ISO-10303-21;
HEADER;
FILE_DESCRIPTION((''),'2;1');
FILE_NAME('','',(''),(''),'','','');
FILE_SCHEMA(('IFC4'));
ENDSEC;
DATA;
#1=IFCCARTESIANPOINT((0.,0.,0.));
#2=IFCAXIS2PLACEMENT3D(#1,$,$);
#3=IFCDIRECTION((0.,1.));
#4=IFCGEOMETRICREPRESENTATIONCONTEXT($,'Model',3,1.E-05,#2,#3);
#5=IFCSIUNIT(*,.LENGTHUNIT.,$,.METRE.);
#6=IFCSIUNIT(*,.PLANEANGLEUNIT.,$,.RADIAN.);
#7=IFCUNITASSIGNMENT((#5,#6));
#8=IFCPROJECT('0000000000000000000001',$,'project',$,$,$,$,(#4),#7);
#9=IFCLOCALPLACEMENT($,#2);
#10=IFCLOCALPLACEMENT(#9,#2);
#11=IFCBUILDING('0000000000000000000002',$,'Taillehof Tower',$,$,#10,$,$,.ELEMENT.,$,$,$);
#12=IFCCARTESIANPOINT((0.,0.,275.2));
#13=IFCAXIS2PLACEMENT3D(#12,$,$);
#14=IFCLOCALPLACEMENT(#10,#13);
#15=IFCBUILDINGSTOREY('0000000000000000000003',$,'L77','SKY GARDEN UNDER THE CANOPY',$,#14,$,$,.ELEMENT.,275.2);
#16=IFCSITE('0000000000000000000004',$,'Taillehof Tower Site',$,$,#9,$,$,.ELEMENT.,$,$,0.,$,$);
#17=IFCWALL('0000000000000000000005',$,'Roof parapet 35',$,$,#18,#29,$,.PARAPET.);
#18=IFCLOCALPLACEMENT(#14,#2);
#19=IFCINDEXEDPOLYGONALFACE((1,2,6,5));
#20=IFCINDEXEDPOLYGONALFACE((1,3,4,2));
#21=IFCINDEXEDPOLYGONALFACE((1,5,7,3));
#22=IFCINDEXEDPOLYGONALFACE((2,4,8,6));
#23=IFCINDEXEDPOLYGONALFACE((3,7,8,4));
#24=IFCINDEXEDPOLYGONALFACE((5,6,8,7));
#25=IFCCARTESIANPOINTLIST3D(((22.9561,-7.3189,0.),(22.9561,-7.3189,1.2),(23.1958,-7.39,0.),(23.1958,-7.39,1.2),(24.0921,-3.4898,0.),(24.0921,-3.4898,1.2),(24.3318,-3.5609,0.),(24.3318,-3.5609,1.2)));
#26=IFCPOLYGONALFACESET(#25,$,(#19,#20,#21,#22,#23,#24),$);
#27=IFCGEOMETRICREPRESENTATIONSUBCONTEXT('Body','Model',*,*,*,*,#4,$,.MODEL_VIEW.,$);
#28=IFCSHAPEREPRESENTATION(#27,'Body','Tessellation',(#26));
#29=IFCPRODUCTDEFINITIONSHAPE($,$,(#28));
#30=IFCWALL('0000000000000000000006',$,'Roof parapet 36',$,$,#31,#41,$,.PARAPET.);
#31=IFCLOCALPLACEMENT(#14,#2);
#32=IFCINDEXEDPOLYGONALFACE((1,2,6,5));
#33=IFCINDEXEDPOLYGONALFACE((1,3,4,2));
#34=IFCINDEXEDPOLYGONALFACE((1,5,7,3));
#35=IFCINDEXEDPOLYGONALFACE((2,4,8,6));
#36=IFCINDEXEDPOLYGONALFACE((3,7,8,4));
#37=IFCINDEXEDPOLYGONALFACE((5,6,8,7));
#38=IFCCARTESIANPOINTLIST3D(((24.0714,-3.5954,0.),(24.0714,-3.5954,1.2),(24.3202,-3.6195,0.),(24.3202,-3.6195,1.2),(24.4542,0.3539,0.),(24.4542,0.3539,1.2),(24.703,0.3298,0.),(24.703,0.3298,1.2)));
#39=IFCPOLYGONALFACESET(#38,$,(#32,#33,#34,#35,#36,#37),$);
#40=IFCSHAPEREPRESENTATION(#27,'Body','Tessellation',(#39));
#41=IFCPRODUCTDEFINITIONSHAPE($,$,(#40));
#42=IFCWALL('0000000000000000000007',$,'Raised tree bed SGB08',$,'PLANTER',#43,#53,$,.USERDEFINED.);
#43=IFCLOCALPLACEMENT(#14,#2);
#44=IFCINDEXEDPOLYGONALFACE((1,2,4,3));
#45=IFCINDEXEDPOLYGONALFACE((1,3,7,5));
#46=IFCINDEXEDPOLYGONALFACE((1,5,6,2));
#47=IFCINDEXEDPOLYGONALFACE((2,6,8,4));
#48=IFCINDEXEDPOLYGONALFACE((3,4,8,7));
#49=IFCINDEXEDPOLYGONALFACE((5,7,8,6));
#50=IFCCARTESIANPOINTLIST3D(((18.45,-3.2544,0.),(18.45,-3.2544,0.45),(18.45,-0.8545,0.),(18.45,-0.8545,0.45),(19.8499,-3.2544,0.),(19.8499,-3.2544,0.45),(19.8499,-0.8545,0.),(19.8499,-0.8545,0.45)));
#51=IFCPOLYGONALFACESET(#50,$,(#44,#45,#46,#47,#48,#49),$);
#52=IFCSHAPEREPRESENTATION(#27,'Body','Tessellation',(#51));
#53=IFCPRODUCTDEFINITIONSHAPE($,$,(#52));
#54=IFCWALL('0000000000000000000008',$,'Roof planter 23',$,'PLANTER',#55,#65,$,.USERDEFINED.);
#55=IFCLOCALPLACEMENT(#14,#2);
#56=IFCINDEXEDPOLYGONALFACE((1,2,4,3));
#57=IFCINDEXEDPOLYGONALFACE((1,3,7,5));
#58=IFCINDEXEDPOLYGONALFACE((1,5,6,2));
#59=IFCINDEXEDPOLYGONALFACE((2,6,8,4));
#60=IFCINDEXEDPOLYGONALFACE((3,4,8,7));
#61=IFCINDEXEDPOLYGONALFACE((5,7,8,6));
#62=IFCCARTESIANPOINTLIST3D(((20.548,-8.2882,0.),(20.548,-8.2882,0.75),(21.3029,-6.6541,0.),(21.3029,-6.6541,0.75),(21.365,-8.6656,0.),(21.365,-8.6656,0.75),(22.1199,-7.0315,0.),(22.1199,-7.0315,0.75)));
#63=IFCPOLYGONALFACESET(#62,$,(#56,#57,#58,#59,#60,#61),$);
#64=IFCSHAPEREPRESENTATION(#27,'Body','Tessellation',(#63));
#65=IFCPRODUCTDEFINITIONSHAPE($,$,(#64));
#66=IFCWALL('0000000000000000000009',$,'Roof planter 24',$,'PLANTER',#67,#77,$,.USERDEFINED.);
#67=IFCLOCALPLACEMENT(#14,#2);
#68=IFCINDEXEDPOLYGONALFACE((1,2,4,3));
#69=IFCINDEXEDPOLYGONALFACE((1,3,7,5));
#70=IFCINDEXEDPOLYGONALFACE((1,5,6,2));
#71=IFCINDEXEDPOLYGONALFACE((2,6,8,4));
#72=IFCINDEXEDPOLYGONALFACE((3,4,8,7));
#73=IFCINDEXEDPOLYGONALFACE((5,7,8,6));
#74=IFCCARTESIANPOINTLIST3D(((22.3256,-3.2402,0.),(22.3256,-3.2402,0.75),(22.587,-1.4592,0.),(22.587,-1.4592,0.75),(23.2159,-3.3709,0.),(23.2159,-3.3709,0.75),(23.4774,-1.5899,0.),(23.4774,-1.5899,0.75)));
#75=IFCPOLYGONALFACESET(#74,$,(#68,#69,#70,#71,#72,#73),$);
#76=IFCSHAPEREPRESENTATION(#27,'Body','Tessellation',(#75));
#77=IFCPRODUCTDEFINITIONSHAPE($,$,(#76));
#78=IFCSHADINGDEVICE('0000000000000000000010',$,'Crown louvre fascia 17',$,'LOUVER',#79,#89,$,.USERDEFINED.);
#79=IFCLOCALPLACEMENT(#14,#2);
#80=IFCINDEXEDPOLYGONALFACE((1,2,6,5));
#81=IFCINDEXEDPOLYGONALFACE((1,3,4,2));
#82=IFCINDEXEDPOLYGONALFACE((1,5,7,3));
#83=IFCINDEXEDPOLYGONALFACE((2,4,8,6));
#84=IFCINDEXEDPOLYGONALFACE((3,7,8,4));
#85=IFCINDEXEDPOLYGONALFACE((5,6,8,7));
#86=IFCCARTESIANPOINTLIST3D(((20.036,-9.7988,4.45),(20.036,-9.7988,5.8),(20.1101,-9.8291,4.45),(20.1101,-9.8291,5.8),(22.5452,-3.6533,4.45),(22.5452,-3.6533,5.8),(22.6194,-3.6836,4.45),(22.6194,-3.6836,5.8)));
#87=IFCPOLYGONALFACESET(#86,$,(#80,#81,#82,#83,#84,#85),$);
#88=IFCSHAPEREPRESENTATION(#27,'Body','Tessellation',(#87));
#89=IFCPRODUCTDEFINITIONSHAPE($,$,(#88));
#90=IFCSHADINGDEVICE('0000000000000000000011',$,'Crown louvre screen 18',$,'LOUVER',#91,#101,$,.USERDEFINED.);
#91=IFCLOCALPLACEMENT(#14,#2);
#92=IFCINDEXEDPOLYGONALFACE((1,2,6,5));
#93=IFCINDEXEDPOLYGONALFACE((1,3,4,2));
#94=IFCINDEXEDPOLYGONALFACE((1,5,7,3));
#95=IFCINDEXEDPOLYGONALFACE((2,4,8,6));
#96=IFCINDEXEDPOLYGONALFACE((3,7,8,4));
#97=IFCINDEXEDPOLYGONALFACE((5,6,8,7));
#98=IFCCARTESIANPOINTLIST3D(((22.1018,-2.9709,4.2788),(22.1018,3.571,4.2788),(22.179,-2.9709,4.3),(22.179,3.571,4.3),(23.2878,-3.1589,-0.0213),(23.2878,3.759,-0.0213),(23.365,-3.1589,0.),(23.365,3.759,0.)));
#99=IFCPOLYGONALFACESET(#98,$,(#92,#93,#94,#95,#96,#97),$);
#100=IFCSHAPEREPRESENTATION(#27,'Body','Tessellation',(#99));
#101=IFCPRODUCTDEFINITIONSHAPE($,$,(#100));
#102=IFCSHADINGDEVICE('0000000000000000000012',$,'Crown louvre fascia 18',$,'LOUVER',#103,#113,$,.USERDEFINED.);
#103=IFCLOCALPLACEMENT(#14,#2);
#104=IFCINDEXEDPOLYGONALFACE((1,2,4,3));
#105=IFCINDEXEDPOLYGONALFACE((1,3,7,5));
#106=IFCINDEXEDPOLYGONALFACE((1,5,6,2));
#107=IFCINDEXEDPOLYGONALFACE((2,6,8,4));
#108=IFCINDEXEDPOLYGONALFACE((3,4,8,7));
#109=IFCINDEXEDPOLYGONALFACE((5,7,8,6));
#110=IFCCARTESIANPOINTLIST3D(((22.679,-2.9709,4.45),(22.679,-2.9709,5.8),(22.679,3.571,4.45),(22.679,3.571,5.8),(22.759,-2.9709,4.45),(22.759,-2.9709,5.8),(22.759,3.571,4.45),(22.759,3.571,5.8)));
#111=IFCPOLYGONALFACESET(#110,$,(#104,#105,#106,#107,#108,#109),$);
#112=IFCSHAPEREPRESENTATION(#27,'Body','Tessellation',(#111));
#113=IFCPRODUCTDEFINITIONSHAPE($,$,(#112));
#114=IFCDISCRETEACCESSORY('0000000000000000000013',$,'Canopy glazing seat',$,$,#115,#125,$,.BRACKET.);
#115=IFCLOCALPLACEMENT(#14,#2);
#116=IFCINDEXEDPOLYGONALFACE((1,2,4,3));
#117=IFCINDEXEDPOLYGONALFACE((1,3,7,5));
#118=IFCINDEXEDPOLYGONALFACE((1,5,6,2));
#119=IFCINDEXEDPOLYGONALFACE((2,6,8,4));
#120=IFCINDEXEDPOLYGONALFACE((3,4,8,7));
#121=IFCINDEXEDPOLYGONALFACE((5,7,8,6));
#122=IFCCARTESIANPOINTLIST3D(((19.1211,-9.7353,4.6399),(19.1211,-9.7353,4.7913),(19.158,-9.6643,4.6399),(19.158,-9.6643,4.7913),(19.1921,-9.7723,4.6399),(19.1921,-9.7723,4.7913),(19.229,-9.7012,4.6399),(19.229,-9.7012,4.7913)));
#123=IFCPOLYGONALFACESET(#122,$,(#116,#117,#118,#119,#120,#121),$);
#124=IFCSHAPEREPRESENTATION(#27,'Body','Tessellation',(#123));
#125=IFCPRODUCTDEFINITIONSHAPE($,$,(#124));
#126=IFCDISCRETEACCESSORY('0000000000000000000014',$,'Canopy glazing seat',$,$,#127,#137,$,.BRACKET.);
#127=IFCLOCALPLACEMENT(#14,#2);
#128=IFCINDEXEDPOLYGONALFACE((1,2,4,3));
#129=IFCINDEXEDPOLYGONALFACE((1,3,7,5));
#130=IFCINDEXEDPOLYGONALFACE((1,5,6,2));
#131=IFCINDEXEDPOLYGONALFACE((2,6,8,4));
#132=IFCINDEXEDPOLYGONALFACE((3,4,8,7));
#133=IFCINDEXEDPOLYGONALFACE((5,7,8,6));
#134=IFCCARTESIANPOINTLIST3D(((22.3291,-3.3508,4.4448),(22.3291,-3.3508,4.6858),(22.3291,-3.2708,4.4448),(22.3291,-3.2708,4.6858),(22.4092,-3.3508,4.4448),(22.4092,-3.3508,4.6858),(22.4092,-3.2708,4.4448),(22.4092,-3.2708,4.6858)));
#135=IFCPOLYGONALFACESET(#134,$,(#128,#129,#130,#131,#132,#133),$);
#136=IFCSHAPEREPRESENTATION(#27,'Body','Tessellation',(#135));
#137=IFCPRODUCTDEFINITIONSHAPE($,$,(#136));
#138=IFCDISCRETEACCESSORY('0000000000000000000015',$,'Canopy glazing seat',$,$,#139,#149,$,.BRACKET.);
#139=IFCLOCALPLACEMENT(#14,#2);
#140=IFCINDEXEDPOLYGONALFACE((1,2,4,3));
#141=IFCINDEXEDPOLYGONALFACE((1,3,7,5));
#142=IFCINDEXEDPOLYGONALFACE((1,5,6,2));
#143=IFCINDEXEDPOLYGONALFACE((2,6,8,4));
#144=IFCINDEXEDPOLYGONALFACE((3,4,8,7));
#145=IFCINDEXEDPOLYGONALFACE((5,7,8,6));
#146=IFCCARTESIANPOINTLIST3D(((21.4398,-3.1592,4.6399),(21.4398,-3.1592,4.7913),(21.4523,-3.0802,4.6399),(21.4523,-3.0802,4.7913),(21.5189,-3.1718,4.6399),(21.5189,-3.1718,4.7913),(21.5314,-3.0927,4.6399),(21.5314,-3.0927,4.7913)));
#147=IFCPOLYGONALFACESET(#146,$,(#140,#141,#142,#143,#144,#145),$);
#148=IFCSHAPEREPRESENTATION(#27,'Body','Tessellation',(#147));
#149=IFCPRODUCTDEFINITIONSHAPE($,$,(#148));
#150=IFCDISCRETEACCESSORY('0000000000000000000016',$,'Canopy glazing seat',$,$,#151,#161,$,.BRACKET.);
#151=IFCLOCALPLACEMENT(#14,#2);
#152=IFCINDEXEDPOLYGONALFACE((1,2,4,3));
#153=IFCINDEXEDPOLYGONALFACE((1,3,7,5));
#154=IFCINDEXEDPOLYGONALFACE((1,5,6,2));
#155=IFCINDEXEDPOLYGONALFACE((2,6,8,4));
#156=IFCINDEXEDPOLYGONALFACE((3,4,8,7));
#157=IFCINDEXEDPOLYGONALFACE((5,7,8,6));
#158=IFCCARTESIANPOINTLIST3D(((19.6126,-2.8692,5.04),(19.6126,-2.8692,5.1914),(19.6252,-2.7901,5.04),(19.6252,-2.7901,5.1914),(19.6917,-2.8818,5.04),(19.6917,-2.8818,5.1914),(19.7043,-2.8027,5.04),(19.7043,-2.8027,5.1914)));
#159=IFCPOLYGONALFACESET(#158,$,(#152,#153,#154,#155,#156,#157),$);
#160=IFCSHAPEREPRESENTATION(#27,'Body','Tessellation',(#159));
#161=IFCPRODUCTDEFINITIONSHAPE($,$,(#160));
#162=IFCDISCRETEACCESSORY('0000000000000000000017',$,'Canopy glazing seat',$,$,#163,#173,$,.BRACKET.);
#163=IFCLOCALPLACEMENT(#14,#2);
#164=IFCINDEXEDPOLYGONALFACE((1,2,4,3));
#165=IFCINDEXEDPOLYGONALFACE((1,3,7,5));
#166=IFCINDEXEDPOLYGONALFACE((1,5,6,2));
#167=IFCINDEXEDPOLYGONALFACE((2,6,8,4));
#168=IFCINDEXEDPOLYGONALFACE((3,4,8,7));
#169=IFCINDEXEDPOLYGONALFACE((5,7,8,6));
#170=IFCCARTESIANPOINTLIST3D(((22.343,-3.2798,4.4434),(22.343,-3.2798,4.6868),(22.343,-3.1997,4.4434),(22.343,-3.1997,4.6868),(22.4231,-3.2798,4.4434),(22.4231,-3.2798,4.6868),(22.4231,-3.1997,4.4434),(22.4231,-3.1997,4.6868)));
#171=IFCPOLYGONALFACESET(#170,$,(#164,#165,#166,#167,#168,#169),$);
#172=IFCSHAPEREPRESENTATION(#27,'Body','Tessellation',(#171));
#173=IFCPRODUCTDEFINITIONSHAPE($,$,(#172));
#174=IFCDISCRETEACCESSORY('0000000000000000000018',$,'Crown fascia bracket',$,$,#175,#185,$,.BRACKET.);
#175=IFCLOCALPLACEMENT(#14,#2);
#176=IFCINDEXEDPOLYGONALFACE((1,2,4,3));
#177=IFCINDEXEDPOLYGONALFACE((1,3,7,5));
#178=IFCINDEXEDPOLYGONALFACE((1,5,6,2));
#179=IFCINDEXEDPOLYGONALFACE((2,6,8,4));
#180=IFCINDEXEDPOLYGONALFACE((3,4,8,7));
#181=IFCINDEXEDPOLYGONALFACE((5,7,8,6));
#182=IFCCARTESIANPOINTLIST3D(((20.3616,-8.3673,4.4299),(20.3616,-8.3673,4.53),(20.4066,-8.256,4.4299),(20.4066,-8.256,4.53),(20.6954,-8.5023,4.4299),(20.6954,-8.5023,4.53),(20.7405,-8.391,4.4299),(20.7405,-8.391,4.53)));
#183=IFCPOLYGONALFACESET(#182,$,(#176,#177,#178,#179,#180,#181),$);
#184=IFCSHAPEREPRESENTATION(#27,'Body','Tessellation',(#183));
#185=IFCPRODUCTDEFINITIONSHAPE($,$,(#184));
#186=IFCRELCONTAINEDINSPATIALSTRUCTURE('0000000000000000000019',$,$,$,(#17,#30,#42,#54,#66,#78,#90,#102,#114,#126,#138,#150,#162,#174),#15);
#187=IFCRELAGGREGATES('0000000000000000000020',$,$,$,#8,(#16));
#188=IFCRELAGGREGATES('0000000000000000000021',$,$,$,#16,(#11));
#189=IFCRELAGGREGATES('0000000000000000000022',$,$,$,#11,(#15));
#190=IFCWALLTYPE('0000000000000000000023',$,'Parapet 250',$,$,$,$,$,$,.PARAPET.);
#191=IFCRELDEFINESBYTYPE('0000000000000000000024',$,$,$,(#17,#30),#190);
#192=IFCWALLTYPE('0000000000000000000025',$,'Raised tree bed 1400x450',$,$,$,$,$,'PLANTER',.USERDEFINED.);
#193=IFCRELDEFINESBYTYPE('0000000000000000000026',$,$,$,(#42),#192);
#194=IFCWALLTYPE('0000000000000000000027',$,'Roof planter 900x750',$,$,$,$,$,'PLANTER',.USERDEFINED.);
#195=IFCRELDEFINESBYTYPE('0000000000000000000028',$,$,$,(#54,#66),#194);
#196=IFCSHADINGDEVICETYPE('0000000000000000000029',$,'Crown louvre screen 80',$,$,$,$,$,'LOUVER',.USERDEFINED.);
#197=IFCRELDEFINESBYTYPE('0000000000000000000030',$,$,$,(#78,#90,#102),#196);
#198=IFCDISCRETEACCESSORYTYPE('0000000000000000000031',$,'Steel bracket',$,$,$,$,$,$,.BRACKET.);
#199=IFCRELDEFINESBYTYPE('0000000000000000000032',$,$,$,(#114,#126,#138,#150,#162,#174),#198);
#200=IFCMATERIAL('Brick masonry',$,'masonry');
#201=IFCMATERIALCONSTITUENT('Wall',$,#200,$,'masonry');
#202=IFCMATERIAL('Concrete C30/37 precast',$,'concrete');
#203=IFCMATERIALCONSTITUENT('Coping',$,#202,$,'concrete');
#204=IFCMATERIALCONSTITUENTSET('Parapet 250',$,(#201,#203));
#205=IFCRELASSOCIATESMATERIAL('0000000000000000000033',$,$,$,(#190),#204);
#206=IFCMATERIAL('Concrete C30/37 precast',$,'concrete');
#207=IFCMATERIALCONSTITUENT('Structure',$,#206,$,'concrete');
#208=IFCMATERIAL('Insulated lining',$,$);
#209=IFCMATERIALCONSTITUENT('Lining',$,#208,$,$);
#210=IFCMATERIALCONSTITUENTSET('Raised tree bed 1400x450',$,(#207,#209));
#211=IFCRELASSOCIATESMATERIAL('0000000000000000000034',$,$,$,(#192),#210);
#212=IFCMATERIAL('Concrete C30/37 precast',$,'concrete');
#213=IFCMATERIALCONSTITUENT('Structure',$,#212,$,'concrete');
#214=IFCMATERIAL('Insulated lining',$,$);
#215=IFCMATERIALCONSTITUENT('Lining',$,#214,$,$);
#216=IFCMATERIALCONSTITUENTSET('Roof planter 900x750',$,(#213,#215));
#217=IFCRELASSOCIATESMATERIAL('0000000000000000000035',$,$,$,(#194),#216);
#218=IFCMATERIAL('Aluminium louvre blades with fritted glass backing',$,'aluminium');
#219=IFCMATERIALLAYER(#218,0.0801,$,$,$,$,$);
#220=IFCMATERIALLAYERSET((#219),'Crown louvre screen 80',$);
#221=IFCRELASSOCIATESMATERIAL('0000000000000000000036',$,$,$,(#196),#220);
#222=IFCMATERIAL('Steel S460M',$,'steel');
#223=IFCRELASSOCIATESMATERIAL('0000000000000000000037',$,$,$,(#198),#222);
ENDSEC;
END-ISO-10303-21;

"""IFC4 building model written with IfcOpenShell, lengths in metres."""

from ifc_helpers import new_model, si_unit, direction, frame, frame_2d, origin, origin_2d, place, context, subcontext, project, spatial, polyline, rectangle, outline, extrude, material, layer, layer_set, constituent, constituent_set, type_object, element, save


model = new_model("IFC4")

# Units and contexts
model_context = context("Model", 3, precision=1e-05, world=origin(), true_north=direction((0.0, 1.0)))
body_context = subcontext(model_context, "Body", "Model", "MODEL_VIEW")
ifc_project = project(units=[si_unit("LENGTHUNIT", "METRE"), si_unit("PLANEANGLEUNIT", "RADIAN")], contexts=[model_context])

# Site, building, storey
site_placement = place(None, origin())
site = spatial("IfcSite", under=ifc_project, at=site_placement, Name="Taillehof Tower Site", CompositionType="ELEMENT", RefElevation=0.0)
building_placement = place(site_placement, origin())
building = spatial("IfcBuilding", under=site, at=building_placement, Name="Taillehof Tower", CompositionType="ELEMENT")
storey_placement = place(building_placement, frame((0.0, 0.0, 275.2)))
storey = spatial("IfcBuildingStorey", under=building, at=storey_placement, Name="L77", Description="SKY GARDEN UNDER THE CANOPY", CompositionType="ELEMENT", Elevation=275.2)

# Walls
ifc_material_1 = material(Name="Brick masonry", Category="masonry")
ifc_constituent_1 = constituent(ifc_material_1, Name="Wall", Category="masonry")
ifc_material_2 = material(Name="Concrete C30/37 precast", Category="concrete")
ifc_constituent_2 = constituent(ifc_material_2, Name="Coping", Category="concrete")
ifc_constituent_set_1 = constituent_set(constituents=[ifc_constituent_1, ifc_constituent_2], Name="Parapet 250")
wall_type_1 = type_object("IfcWallType", Name="Parapet 250", PredefinedType="PARAPET", material=ifc_constituent_set_1)
wall_1_placement = place(storey_placement, frame((23.0759, -7.3545, 0.0), z_axis=(0.0, 0.0, 1.0), x_axis=(0.284419, 0.9587, 0.0)))
element("IfcWall", 1, at=wall_1_placement, inside=storey, type_object=wall_type_1, Name="Roof parapet 35", PredefinedType="PARAPET", context=body_context, shape_type="SweptSolid", body=[
    extrude(rectangle(XDim=3.9941, YDim=0.25, at=frame_2d((1.9971, 0.0))), origin(), (0.0, 0.0, 1.0), 1.2),
])
wall_2_placement = place(storey_placement, frame((24.1958, -3.6074, 0.0), z_axis=(0.0, 0.0, 1.0), x_axis=(0.096482, 0.995335, 0.0)))
element("IfcWall", 2, at=wall_2_placement, inside=storey, type_object=wall_type_1, Name="Roof parapet 36", PredefinedType="PARAPET", context=body_context, shape_type="SweptSolid", body=[
    extrude(rectangle(XDim=3.9678, YDim=0.25, at=frame_2d((1.9839, 0.0))), origin(), (0.0, 0.0, 1.0), 1.2),
])
ifc_material_3 = material(Name="Concrete C30/37 precast", Category="concrete")
ifc_constituent_3 = constituent(ifc_material_3, Name="Structure", Category="concrete")
ifc_material_4 = material(Name="Insulated lining")
ifc_constituent_4 = constituent(ifc_material_4, Name="Lining")
ifc_constituent_set_2 = constituent_set(constituents=[ifc_constituent_3, ifc_constituent_4], Name="Raised tree bed 1400x450")
wall_type_2 = type_object("IfcWallType", Name="Raised tree bed 1400x450", ElementType="PLANTER", PredefinedType="USERDEFINED", material=ifc_constituent_set_2)
wall_3_placement = place(storey_placement, frame((19.1499, -3.2544, 0.0), z_axis=(0.0, 0.0, 1.0), x_axis=(0.0, 1.0, 0.0)))
element("IfcWall", 3, at=wall_3_placement, inside=storey, type_object=wall_type_2, Name="Raised tree bed SGB08", ObjectType="PLANTER", PredefinedType="USERDEFINED", context=body_context, shape_type="SweptSolid", body=[
    extrude(rectangle(XDim=2.3999, YDim=1.3999, at=frame_2d((1.2, 0.0))), origin(), (0.0, 0.0, 1.0), 0.45),
])
ifc_material_5 = material(Name="Concrete C30/37 precast", Category="concrete")
ifc_constituent_5 = constituent(ifc_material_5, Name="Structure", Category="concrete")
ifc_material_6 = material(Name="Insulated lining")
ifc_constituent_6 = constituent(ifc_material_6, Name="Lining")
ifc_constituent_set_3 = constituent_set(constituents=[ifc_constituent_5, ifc_constituent_6], Name="Roof planter 900x750")
wall_type_3 = type_object("IfcWallType", Name="Roof planter 900x750", ElementType="PLANTER", PredefinedType="USERDEFINED", material=ifc_constituent_set_3)
for number, where, z_axis, x_axis, name in (
    (4, (20.9565, -8.4768, 0.0), (0.0, 0.0, 1.0), (0.419385, 0.907808, 0.0), "Roof planter 23"),
    (5, (22.7708, -3.3054, 0.0), (0.0, 0.0, 1.0), (0.145256, 0.989394, 0.0), "Roof planter 24"),
):
    element("IfcWall", number, at=place(storey_placement, frame(where, z_axis=z_axis, x_axis=x_axis)), inside=storey, type_object=wall_type_3, Name=name, ObjectType="PLANTER", PredefinedType="USERDEFINED", context=body_context, shape_type="SweptSolid", body=[
        extrude(rectangle(XDim=1.8, YDim=0.8999, at=frame_2d((0.8999, 0.0))), origin(), (0.0, 0.0, 1.0), 0.75),
    ])

# Shading devices
ifc_material_7 = material(Name="Aluminium louvre blades with fritted glass backing", Category="aluminium")
ifc_layer_1 = layer(ifc_material_7, 0.0801)
ifc_layer_set_1 = layer_set([ifc_layer_1], Name="Crown louvre screen 80")
shading_device_type = type_object("IfcShadingDeviceType", Name="Crown louvre screen 80", ElementType="LOUVER", PredefinedType="USERDEFINED", material=ifc_layer_set_1)
shading_device_1_placement = place(storey_placement, frame((20.1101, -9.8291, 4.45), z_axis=(0.9258, -0.378014, 0.0), x_axis=(0.378014, 0.9258, 0.0)))
element("IfcShadingDevice", 6, at=shading_device_1_placement, inside=storey, type_object=shading_device_type, Name="Crown louvre fascia 17", ObjectType="LOUVER", PredefinedType="USERDEFINED", context=body_context, shape_type="SweptSolid", body=[
    extrude(outline(polyline([(0.0, 0.0), (6.6381, 0.0), (6.6381, 1.3501), (0.0, 1.3501), (0.0, 0.0)])), origin(), (0.0, 0.0, -1.0), 0.0801),
])
shading_device_2_placement = place(storey_placement, frame((23.365, -3.1589, 0.0), z_axis=(0.964003, 0.0, 0.26589), x_axis=(0.0, 1.0, 0.0)))
element("IfcShadingDevice", 7, at=shading_device_2_placement, inside=storey, type_object=shading_device_type, Name="Crown louvre screen 18", ObjectType="LOUVER", PredefinedType="USERDEFINED", context=body_context, shape_type="SweptSolid", body=[
    extrude(outline(polyline([(0.0, 0.0), (6.918, 0.0), (6.73, 4.4606), (0.188, 4.4606), (0.0, 0.0)])), origin(), (0.0, 0.0, -1.0), 0.0801),
])
shading_device_3_placement = place(storey_placement, frame((22.759, -2.9709, 4.45), z_axis=(1.0, 0.0, 0.0), x_axis=(0.0, 1.0, 0.0)))
element("IfcShadingDevice", 8, at=shading_device_3_placement, inside=storey, type_object=shading_device_type, Name="Crown louvre fascia 18", ObjectType="LOUVER", PredefinedType="USERDEFINED", context=body_context, shape_type="SweptSolid", body=[
    extrude(outline(polyline([(0.0, 0.0), (6.542, 0.0), (6.542, 1.3501), (0.0, 1.3501), (0.0, 0.0)])), origin(), (0.0, 0.0, -1.0), 0.0801),
])

# Discrete accessories
ifc_material_8 = material(Name="Steel S460M", Category="steel")
discrete_accessory_type_1 = type_object("IfcDiscreteAccessoryType", Name="Steel bracket", PredefinedType="BRACKET", material=ifc_material_8)
discrete_accessory_1_placement = place(storey_placement, frame((19.175, -9.7183, 4.6399), z_axis=(0.0, 0.0, 1.0), x_axis=(-0.887224, 0.461338, 0.0)))
element("IfcDiscreteAccessory", 9, at=discrete_accessory_1_placement, inside=storey, type_object=discrete_accessory_type_1, Name="Canopy glazing seat", PredefinedType="BRACKET", context=body_context, shape_type="SweptSolid", body=[
    extrude(rectangle(XDim=0.0801, YDim=0.0801, at=origin_2d()), origin(), (0.0, 0.0, 1.0), 0.1514),
])
discrete_accessory_2_placement = place(storey_placement, frame((22.3691, -3.3108, 4.4448), z_axis=(0.0, 0.0, 1.0), x_axis=(1.0, 0.0, 0.0)))
element("IfcDiscreteAccessory", 10, at=discrete_accessory_2_placement, inside=storey, type_object=discrete_accessory_type_1, Name="Canopy glazing seat", PredefinedType="BRACKET", context=body_context, shape_type="SweptSolid", body=[
    extrude(rectangle(XDim=0.0801, YDim=0.0801, at=origin_2d()), origin(), (0.0, 0.0, 1.0), 0.241),
])
for number, where, z_axis, x_axis, name in (
    (11, (21.4856, -3.126, 4.6399), (0.0, 0.0, 1.0), (-0.987636, 0.156767, 0.0), "Canopy glazing seat"),
    (12, (19.6584, -2.8359, 5.04), (0.0, 0.0, 1.0), (-0.987636, 0.156767, 0.0), "Canopy glazing seat"),
):
    element("IfcDiscreteAccessory", number, at=place(storey_placement, frame(where, z_axis=z_axis, x_axis=x_axis)), inside=storey, type_object=discrete_accessory_type_1, Name=name, PredefinedType="BRACKET", context=body_context, shape_type="SweptSolid", body=[
        extrude(rectangle(XDim=0.0801, YDim=0.0801, at=origin_2d()), origin(), (0.0, 0.0, 1.0), 0.1514),
    ])
discrete_accessory_3_placement = place(storey_placement, frame((22.3831, -3.2397, 4.4434), z_axis=(0.0, 0.0, 1.0), x_axis=(1.0, 0.0, 0.0)))
element("IfcDiscreteAccessory", 13, at=discrete_accessory_3_placement, inside=storey, type_object=discrete_accessory_type_1, Name="Canopy glazing seat", PredefinedType="BRACKET", context=body_context, shape_type="SweptSolid", body=[
    extrude(rectangle(XDim=0.0801, YDim=0.0801, at=origin_2d()), origin(), (0.0, 0.0, 1.0), 0.2434),
])
for number, where, z_axis, x_axis, name in (
    (14, (20.551, -8.3792, 4.4299), (0.0, 0.0, 1.0), (0.927086, -0.374849, 0.0), "Crown fascia bracket"),
):
    element("IfcDiscreteAccessory", number, at=place(storey_placement, frame(where, z_axis=z_axis, x_axis=x_axis)), inside=storey, type_object=discrete_accessory_type_1, Name=name, PredefinedType="BRACKET", context=body_context, shape_type="SweptSolid", body=[
        extrude(rectangle(XDim=0.3601, YDim=0.1201, at=origin_2d()), origin(), (0.0, 0.0, 1.0), 0.1001),
    ])

save(model, "model.ifc")
